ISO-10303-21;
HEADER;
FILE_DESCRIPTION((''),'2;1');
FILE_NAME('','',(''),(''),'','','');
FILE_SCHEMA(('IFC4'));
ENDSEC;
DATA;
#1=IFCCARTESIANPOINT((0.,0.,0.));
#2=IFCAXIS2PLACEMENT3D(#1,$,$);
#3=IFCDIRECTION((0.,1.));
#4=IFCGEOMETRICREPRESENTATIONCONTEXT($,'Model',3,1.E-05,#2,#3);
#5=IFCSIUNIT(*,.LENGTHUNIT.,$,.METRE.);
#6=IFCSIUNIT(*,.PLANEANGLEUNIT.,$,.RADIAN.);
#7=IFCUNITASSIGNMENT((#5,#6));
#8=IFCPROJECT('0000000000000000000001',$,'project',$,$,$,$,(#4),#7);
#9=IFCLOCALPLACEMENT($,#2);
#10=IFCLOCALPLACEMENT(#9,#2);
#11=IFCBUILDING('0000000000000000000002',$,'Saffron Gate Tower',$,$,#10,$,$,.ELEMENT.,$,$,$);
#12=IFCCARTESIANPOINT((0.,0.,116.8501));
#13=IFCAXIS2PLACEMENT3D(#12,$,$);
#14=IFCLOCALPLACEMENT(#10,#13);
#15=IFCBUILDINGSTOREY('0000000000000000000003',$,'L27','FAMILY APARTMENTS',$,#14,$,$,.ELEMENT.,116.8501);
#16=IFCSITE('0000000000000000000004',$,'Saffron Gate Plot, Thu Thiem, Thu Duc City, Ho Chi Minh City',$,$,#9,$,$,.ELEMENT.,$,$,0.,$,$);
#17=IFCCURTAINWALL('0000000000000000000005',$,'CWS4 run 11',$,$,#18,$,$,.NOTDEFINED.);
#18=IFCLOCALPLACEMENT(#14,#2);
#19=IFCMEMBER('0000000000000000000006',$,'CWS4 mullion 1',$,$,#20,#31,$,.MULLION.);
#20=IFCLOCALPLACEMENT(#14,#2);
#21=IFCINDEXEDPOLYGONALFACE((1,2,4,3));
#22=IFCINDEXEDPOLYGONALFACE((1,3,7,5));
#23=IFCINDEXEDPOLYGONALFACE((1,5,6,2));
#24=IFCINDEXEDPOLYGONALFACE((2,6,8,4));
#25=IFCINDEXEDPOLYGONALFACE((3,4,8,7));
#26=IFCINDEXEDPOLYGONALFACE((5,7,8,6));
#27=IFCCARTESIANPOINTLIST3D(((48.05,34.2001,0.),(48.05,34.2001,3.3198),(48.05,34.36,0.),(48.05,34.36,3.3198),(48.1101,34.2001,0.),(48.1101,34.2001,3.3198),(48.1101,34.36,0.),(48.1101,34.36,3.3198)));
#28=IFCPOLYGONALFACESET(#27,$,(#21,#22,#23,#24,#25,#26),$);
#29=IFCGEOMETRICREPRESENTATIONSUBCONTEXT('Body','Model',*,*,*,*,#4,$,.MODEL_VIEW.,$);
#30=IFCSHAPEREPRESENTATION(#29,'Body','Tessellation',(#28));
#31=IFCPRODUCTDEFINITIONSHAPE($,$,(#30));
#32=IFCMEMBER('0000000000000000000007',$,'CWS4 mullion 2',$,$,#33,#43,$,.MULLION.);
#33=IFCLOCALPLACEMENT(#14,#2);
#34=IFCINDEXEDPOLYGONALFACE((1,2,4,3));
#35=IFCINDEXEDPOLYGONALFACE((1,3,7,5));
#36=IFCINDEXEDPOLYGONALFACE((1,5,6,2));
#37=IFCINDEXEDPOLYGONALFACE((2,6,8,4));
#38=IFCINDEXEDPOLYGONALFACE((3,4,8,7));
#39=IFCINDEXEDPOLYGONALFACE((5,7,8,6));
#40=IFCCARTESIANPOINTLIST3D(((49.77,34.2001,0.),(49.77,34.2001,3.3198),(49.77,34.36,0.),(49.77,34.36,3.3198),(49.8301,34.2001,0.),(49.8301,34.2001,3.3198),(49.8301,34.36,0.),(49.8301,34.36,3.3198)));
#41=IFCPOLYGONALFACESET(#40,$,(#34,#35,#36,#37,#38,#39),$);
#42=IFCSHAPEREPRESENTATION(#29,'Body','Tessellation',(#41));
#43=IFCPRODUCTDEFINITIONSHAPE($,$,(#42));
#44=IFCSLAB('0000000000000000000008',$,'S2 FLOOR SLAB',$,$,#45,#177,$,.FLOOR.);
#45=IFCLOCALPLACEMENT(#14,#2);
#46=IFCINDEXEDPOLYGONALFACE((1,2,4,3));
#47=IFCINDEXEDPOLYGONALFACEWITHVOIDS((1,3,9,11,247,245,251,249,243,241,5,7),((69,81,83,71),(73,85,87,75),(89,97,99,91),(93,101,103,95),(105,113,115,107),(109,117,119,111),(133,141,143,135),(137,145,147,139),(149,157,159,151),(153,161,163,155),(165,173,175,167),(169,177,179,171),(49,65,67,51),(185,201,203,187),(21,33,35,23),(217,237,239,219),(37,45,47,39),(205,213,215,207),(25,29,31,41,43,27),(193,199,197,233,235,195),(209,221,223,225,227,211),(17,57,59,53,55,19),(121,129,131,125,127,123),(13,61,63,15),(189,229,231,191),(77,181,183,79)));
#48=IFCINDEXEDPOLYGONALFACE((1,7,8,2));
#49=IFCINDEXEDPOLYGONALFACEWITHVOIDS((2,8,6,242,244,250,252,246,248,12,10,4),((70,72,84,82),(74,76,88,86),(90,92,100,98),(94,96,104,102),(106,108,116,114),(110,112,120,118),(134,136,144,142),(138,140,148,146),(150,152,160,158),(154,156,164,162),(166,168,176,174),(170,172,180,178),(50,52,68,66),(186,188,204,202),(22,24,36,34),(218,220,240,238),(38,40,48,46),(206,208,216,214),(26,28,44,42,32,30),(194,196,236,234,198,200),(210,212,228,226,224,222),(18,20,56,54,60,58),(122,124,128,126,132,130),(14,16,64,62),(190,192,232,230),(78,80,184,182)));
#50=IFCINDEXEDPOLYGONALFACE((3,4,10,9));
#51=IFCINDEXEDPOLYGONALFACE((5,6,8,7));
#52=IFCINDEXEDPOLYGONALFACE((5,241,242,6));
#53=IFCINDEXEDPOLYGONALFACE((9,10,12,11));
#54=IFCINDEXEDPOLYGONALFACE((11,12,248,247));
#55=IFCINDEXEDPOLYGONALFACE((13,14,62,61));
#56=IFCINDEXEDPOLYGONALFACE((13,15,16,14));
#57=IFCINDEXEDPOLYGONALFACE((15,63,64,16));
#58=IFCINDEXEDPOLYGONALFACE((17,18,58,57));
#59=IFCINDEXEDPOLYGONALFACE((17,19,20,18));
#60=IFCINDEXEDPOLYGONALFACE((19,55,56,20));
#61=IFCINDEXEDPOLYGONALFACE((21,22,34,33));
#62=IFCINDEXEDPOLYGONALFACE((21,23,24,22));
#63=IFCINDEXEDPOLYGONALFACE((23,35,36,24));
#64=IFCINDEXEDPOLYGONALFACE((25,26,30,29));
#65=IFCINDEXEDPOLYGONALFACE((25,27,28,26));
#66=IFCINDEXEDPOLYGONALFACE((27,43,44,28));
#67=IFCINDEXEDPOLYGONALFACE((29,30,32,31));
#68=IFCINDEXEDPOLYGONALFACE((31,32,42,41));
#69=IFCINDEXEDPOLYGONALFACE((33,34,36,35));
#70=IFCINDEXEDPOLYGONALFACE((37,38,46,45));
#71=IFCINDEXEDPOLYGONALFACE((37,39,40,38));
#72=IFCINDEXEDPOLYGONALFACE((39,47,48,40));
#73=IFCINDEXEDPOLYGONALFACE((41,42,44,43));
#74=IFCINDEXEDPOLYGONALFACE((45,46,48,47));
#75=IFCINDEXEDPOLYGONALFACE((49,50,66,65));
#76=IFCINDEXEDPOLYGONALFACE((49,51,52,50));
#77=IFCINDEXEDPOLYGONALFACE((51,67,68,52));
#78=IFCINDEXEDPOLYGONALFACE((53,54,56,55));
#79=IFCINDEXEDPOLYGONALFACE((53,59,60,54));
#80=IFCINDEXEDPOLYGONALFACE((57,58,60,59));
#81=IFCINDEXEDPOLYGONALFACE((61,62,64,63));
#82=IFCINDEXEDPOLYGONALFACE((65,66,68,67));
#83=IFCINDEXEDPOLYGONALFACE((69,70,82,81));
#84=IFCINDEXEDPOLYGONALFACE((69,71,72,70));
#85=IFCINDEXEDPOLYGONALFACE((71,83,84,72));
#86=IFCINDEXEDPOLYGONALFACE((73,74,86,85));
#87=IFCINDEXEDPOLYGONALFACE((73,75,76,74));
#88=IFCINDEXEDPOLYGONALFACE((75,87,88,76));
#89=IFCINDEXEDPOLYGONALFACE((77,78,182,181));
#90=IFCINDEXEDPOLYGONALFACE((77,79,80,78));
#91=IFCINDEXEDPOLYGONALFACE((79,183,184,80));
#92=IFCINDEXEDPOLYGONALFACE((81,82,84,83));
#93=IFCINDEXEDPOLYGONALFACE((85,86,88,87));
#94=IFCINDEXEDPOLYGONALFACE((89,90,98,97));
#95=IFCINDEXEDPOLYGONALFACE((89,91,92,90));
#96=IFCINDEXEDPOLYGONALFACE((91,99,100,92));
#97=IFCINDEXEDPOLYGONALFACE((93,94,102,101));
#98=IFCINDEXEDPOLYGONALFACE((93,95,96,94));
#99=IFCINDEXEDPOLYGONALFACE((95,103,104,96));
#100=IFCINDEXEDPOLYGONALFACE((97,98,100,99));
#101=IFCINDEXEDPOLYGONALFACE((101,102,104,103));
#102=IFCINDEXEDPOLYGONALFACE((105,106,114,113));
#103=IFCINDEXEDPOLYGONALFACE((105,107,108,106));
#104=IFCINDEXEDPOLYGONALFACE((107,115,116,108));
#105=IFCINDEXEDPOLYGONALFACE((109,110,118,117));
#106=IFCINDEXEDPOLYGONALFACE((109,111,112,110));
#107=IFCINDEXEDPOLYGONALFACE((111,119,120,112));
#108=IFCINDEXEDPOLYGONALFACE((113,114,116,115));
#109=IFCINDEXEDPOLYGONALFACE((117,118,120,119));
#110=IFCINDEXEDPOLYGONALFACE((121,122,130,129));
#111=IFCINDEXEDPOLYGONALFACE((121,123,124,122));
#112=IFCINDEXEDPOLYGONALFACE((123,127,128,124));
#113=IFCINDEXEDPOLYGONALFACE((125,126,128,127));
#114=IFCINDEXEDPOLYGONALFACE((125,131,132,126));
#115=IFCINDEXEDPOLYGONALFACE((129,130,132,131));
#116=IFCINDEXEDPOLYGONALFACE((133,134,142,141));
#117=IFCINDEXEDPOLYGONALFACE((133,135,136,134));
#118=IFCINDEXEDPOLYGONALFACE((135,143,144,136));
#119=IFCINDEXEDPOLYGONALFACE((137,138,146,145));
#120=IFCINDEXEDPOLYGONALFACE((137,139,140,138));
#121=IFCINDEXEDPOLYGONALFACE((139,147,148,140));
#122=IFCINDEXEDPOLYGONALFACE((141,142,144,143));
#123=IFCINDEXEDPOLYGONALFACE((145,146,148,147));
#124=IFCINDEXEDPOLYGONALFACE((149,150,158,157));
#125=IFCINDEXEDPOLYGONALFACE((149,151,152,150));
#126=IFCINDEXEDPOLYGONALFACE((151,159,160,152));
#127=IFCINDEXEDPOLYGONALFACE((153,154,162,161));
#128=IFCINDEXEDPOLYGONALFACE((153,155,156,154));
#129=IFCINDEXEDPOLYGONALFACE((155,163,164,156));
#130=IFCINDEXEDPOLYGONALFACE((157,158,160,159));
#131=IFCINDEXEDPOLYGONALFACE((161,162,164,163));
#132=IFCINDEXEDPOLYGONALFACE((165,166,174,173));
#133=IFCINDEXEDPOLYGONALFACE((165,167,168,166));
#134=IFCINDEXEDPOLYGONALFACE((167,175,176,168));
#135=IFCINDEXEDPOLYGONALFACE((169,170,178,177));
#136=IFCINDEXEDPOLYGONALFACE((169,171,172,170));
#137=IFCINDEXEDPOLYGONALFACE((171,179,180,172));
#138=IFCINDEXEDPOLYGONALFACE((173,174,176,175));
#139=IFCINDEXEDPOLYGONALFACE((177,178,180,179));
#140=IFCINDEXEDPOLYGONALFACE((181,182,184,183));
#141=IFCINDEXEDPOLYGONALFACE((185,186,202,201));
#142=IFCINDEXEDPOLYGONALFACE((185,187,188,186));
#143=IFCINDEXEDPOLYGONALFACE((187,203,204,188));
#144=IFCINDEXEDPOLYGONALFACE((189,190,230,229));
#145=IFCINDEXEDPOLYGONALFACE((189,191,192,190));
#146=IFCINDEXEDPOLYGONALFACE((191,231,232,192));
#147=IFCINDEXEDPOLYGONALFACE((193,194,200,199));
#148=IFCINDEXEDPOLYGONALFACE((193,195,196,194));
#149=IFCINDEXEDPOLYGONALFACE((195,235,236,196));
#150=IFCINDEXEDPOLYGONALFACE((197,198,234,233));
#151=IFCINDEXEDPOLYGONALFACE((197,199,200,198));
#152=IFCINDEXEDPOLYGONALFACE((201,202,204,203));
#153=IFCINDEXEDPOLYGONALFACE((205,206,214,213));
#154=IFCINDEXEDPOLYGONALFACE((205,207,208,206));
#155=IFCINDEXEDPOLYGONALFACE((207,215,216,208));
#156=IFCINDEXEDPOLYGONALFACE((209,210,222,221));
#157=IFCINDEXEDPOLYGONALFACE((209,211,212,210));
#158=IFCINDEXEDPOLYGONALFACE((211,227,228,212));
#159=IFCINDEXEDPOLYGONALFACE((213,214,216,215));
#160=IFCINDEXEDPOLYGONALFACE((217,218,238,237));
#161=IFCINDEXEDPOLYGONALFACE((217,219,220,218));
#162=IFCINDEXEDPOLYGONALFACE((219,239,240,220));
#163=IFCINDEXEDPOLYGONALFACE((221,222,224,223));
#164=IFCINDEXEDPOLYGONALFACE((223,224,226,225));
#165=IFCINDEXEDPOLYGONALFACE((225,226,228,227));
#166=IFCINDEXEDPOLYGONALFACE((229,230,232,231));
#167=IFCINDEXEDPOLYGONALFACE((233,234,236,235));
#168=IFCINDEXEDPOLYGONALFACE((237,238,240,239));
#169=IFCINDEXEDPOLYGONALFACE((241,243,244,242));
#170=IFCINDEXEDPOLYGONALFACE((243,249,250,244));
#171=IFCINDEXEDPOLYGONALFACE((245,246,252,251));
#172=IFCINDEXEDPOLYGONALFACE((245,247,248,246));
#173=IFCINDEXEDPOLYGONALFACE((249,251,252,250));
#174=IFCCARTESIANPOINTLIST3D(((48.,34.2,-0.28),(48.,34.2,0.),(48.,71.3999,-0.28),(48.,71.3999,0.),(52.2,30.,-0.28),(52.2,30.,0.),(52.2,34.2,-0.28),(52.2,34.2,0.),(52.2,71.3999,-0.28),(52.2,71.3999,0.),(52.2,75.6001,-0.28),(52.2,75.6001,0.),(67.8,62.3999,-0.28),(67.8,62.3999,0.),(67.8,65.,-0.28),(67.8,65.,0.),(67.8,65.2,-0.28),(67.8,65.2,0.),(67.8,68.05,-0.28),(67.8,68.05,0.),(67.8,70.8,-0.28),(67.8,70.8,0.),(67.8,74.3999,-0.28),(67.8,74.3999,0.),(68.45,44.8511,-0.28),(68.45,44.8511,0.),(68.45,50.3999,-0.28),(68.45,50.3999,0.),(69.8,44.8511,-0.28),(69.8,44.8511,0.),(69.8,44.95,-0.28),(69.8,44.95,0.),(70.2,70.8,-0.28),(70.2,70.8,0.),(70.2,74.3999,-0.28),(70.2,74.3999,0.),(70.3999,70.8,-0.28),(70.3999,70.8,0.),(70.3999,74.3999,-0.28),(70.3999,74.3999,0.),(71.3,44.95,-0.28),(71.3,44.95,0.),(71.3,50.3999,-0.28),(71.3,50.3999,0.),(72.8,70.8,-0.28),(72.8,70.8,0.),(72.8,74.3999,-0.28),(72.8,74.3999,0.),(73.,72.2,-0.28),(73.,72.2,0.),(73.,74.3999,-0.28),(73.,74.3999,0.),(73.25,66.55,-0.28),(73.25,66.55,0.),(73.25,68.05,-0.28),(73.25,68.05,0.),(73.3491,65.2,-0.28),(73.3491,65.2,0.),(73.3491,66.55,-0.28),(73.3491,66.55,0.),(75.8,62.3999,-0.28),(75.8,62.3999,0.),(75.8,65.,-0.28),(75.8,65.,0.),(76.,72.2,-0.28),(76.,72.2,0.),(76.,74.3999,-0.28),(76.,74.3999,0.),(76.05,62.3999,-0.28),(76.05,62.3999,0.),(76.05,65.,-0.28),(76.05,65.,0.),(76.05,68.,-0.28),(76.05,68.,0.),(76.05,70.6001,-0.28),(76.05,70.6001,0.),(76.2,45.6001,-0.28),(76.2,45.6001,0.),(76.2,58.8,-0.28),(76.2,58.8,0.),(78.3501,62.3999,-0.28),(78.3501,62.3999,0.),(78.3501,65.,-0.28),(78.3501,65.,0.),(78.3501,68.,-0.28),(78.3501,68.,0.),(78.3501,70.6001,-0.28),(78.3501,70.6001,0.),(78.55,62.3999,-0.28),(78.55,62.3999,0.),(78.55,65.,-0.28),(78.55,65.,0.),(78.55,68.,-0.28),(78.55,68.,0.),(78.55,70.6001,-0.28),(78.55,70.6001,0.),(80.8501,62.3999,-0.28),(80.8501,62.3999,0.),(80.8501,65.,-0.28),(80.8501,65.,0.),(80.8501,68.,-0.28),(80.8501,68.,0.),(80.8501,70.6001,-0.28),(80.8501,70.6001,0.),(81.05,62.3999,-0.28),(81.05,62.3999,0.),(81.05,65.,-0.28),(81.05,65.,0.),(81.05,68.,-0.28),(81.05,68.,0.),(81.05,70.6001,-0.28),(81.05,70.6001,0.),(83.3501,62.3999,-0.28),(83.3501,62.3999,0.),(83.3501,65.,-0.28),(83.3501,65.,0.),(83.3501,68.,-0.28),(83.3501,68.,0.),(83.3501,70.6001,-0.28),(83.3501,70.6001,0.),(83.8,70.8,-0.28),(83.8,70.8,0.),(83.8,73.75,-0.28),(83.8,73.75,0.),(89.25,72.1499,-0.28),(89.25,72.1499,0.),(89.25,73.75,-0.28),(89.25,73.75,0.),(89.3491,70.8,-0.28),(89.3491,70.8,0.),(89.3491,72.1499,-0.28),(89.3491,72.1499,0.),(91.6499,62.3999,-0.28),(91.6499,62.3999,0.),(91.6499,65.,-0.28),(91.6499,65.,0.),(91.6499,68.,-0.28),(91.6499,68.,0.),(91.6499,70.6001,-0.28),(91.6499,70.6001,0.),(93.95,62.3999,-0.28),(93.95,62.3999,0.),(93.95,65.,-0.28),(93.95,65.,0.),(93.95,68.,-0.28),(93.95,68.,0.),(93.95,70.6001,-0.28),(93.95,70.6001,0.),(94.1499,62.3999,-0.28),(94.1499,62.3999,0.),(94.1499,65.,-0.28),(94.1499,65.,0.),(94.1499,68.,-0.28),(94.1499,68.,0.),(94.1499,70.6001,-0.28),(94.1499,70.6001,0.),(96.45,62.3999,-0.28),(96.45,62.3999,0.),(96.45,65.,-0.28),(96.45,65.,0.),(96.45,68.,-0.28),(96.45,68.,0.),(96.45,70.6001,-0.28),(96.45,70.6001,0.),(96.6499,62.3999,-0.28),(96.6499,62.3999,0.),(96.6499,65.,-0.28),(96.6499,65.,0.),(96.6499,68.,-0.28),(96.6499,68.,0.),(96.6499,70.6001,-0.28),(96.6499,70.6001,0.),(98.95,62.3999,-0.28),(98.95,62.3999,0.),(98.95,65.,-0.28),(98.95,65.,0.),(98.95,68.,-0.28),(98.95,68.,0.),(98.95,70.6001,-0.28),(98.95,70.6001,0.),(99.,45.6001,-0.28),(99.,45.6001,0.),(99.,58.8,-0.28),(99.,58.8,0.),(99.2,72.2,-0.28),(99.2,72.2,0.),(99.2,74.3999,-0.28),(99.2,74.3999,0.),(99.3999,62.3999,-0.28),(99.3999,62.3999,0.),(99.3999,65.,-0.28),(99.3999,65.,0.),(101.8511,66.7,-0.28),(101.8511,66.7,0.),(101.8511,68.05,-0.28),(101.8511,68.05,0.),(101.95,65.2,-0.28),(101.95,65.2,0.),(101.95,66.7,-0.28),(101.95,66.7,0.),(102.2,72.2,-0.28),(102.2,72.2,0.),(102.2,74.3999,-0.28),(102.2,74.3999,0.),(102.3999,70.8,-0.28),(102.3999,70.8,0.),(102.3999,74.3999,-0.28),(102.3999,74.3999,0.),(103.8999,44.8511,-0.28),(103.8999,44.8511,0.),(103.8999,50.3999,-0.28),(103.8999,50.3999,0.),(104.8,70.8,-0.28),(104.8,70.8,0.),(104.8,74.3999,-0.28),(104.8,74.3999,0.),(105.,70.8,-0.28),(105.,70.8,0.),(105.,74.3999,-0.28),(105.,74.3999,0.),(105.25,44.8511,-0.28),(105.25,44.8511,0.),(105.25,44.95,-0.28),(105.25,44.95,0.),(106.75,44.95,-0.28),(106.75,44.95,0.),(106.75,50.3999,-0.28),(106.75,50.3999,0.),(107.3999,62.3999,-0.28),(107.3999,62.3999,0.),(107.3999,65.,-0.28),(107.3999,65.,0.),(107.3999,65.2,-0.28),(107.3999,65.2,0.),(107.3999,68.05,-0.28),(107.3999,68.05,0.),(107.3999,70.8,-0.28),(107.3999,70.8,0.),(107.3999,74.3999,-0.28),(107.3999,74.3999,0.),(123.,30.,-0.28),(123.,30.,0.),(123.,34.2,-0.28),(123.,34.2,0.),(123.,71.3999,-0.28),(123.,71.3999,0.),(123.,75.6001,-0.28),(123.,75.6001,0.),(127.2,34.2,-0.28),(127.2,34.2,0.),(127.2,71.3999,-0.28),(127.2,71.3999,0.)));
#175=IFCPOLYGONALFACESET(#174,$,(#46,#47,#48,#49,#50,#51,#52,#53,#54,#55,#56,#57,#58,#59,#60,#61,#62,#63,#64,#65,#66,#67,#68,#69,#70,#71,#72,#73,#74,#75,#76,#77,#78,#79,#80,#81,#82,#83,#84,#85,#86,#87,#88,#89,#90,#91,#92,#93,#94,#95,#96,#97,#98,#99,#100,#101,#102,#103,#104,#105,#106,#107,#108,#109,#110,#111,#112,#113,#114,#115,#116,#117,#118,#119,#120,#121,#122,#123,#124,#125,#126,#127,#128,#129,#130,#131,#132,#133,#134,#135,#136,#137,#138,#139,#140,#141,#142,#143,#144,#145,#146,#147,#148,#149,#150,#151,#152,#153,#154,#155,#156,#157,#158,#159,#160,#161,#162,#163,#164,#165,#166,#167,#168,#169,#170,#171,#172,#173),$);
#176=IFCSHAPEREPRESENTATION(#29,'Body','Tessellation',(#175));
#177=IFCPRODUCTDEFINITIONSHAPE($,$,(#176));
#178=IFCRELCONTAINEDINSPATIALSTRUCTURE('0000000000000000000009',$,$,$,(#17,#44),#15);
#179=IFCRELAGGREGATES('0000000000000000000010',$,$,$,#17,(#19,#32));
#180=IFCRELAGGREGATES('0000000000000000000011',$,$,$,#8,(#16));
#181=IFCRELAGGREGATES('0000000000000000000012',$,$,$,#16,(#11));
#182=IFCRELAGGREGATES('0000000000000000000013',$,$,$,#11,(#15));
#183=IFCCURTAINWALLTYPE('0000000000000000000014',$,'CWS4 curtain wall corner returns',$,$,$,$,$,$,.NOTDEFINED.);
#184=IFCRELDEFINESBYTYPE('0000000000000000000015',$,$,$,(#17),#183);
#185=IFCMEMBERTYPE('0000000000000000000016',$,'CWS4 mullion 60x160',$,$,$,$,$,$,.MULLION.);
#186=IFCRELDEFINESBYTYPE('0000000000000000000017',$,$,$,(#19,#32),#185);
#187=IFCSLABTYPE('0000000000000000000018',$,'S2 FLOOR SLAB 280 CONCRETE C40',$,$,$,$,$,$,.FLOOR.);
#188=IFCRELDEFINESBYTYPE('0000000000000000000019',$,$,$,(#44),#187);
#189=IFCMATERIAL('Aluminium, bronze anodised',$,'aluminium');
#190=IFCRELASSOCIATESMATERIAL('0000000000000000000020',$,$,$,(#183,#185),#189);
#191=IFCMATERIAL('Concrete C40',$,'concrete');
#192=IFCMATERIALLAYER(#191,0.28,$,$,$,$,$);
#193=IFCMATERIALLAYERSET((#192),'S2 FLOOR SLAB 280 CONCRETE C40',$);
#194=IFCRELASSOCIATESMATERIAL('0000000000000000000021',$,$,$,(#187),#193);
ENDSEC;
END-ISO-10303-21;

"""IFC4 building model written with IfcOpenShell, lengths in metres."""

from ifc_helpers import new_model, si_unit, direction, frame, origin, origin_2d, place, context, subcontext, project, spatial, polyline, rectangle, outline, extrude, material, layer, layer_set, material_profile, profile_set, type_object, element, aggregate, save


model = new_model("IFC4")

# Units and contexts
model_context = context("Model", 3, precision=1e-05, world=origin(), true_north=direction((0.0, 1.0)))
body_context = subcontext(model_context, "Body", "Model", "MODEL_VIEW")
ifc_project = project(units=[si_unit("LENGTHUNIT", "METRE"), si_unit("PLANEANGLEUNIT", "RADIAN")], contexts=[model_context])

# Site, building, storey
site_placement = place(None, origin())
site = spatial("IfcSite", under=ifc_project, at=site_placement, Name="Saffron Gate Plot, Thu Thiem, Thu Duc City, Ho Chi Minh City", CompositionType="ELEMENT", RefElevation=0.0)
building_placement = place(site_placement, origin())
building = spatial("IfcBuilding", under=site, at=building_placement, Name="Saffron Gate Tower", CompositionType="ELEMENT")
storey_placement = place(building_placement, frame((0.0, 0.0, 116.8501)))
storey = spatial("IfcBuildingStorey", under=building, at=storey_placement, Name="L27", Description="FAMILY APARTMENTS", CompositionType="ELEMENT", Elevation=116.8501)

# Curtain wall, members
ifc_material_1 = material(Name="Aluminium, bronze anodised", Category="aluminium")
curtain_wall_type = type_object("IfcCurtainWallType", Name="CWS4 curtain wall corner returns", PredefinedType="NOTDEFINED", material=ifc_material_1)
curtain_wall_placement = place(storey_placement, origin())
curtain_wall = element("IfcCurtainWall", 1, at=curtain_wall_placement, inside=storey, type_object=curtain_wall_type, Name="CWS4 run 11", PredefinedType="NOTDEFINED")
ifc_material_profile = material_profile(ifc_material_1, rectangle(XDim=0.1599, YDim=0.0601, at=origin_2d()))
ifc_profile_set = profile_set([ifc_material_profile], Name="Aluminium, bronze anodised")
member_type = type_object("IfcMemberType", Name="CWS4 mullion 60x160", PredefinedType="MULLION", material=ifc_profile_set)
member_1_placement = place(storey_placement, frame((48.0801, 34.28, 0.0), z_axis=(0.0, 0.0, 1.0), x_axis=(0.0, 1.0, 0.0)))
member_1 = element("IfcMember", 2, at=member_1_placement, type_object=member_type, Name="CWS4 mullion 1", PredefinedType="MULLION", context=body_context, shape_type="SweptSolid", body=[
    extrude(rectangle(XDim=0.1599, YDim=0.0601, at=origin_2d()), origin(), (0.0, 0.0, 1.0), 3.3198),
])
member_2_placement = place(storey_placement, frame((49.8, 34.28, 0.0), z_axis=(0.0, 0.0, 1.0), x_axis=(0.0, 1.0, 0.0)))
member_2 = element("IfcMember", 3, at=member_2_placement, type_object=member_type, Name="CWS4 mullion 2", PredefinedType="MULLION", context=body_context, shape_type="SweptSolid", body=[
    extrude(rectangle(XDim=0.1599, YDim=0.0601, at=origin_2d()), origin(), (0.0, 0.0, 1.0), 3.3198),
])
aggregate(curtain_wall, [member_1, member_2])

# Slab
ifc_material_2 = material(Name="Concrete C40", Category="concrete")
ifc_layer_1 = layer(ifc_material_2, 0.28)
ifc_layer_set_1 = layer_set([ifc_layer_1], Name="S2 FLOOR SLAB 280 CONCRETE C40")
slab_type_1 = type_object("IfcSlabType", Name="S2 FLOOR SLAB 280 CONCRETE C40", PredefinedType="FLOOR", material=ifc_layer_set_1)
slab_1_placement = place(storey_placement, frame((0.0, 0.0, -0.28)))
element("IfcSlab", 4, at=slab_1_placement, inside=storey, type_object=slab_type_1, Name="S2 FLOOR SLAB", PredefinedType="FLOOR", context=body_context, shape_type="SweptSolid", body=[
    extrude(outline(polyline([(48.0, 34.2), (52.2, 34.2), (52.2, 30.0), (123.0, 30.0), (123.0, 34.2), (127.2, 34.2), (127.2, 71.3999), (123.0, 71.3999), (123.0, 75.6001), (52.2, 75.6001), (52.2, 71.3999), (48.0, 71.3999), (48.0, 34.2)]), holes=[polyline([(67.8, 62.3999), (67.8, 65.0), (75.8, 65.0), (75.8, 62.3999), (67.8, 62.3999)]), polyline([(67.8, 65.2), (67.8, 68.05), (73.25, 68.05), (73.25, 66.55), (73.3491, 66.55), (73.3491, 65.2), (67.8, 65.2)]), polyline([(67.8, 70.8), (67.8, 74.3999), (70.2, 74.3999), (70.2, 70.8), (67.8, 70.8)]), polyline([(68.45, 44.8511), (68.45, 50.3999), (71.3, 50.3999), (71.3, 44.95), (69.8, 44.95), (69.8, 44.8511), (68.45, 44.8511)]), polyline([(70.3999, 70.8), (70.3999, 74.3999), (72.8, 74.3999), (72.8, 70.8), (70.3999, 70.8)]), polyline([(73.0, 72.2), (73.0, 74.3999), (76.0, 74.3999), (76.0, 72.2), (73.0, 72.2)]), polyline([(76.05, 62.3999), (76.05, 65.0), (78.3501, 65.0), (78.3501, 62.3999), (76.05, 62.3999)]), polyline([(76.05, 68.0), (76.05, 70.6001), (78.3501, 70.6001), (78.3501, 68.0), (76.05, 68.0)]), polyline([(76.2, 45.6001), (76.2, 58.8), (99.0, 58.8), (99.0, 45.6001), (76.2, 45.6001)]), polyline([(78.55, 62.3999), (78.55, 65.0), (80.8501, 65.0), (80.8501, 62.3999), (78.55, 62.3999)]), polyline([(78.55, 68.0), (78.55, 70.6001), (80.8501, 70.6001), (80.8501, 68.0), (78.55, 68.0)]), polyline([(81.05, 62.3999), (81.05, 65.0), (83.3501, 65.0), (83.3501, 62.3999), (81.05, 62.3999)]), polyline([(81.05, 68.0), (81.05, 70.6001), (83.3501, 70.6001), (83.3501, 68.0), (81.05, 68.0)]), polyline([(83.8, 70.8), (83.8, 73.75), (89.25, 73.75), (89.25, 72.1499), (89.3491, 72.1499), (89.3491, 70.8), (83.8, 70.8)]), polyline([(91.6499, 62.3999), (91.6499, 65.0), (93.95, 65.0), (93.95, 62.3999), (91.6499, 62.3999)]), polyline([(91.6499, 68.0), (91.6499, 70.6001), (93.95, 70.6001), (93.95, 68.0), (91.6499, 68.0)]), polyline([(94.1499, 62.3999), (94.1499, 65.0), (96.45, 65.0), (96.45, 62.3999), (94.1499, 62.3999)]), polyline([(94.1499, 68.0), (94.1499, 70.6001), (96.45, 70.6001), (96.45, 68.0), (94.1499, 68.0)]), polyline([(96.6499, 62.3999), (96.6499, 65.0), (98.95, 65.0), (98.95, 62.3999), (96.6499, 62.3999)]), polyline([(96.6499, 68.0), (96.6499, 70.6001), (98.95, 70.6001), (98.95, 68.0), (96.6499, 68.0)]), polyline([(99.2, 72.2), (99.2, 74.3999), (102.2, 74.3999), (102.2, 72.2), (99.2, 72.2)]), polyline([(99.3999, 62.3999), (99.3999, 65.0), (107.3999, 65.0), (107.3999, 62.3999), (99.3999, 62.3999)]), polyline([(101.8511, 66.7), (101.8511, 68.05), (107.3999, 68.05), (107.3999, 65.2), (101.95, 65.2), (101.95, 66.7), (101.8511, 66.7)]), polyline([(102.3999, 70.8), (102.3999, 74.3999), (104.8, 74.3999), (104.8, 70.8), (102.3999, 70.8)]), polyline([(103.8999, 44.8511), (103.8999, 50.3999), (106.75, 50.3999), (106.75, 44.95), (105.25, 44.95), (105.25, 44.8511), (103.8999, 44.8511)]), polyline([(105.0, 70.8), (105.0, 74.3999), (107.3999, 74.3999), (107.3999, 70.8), (105.0, 70.8)])]), origin(), (0.0, 0.0, 1.0), 0.28),
])

save(model, "model.ifc")
